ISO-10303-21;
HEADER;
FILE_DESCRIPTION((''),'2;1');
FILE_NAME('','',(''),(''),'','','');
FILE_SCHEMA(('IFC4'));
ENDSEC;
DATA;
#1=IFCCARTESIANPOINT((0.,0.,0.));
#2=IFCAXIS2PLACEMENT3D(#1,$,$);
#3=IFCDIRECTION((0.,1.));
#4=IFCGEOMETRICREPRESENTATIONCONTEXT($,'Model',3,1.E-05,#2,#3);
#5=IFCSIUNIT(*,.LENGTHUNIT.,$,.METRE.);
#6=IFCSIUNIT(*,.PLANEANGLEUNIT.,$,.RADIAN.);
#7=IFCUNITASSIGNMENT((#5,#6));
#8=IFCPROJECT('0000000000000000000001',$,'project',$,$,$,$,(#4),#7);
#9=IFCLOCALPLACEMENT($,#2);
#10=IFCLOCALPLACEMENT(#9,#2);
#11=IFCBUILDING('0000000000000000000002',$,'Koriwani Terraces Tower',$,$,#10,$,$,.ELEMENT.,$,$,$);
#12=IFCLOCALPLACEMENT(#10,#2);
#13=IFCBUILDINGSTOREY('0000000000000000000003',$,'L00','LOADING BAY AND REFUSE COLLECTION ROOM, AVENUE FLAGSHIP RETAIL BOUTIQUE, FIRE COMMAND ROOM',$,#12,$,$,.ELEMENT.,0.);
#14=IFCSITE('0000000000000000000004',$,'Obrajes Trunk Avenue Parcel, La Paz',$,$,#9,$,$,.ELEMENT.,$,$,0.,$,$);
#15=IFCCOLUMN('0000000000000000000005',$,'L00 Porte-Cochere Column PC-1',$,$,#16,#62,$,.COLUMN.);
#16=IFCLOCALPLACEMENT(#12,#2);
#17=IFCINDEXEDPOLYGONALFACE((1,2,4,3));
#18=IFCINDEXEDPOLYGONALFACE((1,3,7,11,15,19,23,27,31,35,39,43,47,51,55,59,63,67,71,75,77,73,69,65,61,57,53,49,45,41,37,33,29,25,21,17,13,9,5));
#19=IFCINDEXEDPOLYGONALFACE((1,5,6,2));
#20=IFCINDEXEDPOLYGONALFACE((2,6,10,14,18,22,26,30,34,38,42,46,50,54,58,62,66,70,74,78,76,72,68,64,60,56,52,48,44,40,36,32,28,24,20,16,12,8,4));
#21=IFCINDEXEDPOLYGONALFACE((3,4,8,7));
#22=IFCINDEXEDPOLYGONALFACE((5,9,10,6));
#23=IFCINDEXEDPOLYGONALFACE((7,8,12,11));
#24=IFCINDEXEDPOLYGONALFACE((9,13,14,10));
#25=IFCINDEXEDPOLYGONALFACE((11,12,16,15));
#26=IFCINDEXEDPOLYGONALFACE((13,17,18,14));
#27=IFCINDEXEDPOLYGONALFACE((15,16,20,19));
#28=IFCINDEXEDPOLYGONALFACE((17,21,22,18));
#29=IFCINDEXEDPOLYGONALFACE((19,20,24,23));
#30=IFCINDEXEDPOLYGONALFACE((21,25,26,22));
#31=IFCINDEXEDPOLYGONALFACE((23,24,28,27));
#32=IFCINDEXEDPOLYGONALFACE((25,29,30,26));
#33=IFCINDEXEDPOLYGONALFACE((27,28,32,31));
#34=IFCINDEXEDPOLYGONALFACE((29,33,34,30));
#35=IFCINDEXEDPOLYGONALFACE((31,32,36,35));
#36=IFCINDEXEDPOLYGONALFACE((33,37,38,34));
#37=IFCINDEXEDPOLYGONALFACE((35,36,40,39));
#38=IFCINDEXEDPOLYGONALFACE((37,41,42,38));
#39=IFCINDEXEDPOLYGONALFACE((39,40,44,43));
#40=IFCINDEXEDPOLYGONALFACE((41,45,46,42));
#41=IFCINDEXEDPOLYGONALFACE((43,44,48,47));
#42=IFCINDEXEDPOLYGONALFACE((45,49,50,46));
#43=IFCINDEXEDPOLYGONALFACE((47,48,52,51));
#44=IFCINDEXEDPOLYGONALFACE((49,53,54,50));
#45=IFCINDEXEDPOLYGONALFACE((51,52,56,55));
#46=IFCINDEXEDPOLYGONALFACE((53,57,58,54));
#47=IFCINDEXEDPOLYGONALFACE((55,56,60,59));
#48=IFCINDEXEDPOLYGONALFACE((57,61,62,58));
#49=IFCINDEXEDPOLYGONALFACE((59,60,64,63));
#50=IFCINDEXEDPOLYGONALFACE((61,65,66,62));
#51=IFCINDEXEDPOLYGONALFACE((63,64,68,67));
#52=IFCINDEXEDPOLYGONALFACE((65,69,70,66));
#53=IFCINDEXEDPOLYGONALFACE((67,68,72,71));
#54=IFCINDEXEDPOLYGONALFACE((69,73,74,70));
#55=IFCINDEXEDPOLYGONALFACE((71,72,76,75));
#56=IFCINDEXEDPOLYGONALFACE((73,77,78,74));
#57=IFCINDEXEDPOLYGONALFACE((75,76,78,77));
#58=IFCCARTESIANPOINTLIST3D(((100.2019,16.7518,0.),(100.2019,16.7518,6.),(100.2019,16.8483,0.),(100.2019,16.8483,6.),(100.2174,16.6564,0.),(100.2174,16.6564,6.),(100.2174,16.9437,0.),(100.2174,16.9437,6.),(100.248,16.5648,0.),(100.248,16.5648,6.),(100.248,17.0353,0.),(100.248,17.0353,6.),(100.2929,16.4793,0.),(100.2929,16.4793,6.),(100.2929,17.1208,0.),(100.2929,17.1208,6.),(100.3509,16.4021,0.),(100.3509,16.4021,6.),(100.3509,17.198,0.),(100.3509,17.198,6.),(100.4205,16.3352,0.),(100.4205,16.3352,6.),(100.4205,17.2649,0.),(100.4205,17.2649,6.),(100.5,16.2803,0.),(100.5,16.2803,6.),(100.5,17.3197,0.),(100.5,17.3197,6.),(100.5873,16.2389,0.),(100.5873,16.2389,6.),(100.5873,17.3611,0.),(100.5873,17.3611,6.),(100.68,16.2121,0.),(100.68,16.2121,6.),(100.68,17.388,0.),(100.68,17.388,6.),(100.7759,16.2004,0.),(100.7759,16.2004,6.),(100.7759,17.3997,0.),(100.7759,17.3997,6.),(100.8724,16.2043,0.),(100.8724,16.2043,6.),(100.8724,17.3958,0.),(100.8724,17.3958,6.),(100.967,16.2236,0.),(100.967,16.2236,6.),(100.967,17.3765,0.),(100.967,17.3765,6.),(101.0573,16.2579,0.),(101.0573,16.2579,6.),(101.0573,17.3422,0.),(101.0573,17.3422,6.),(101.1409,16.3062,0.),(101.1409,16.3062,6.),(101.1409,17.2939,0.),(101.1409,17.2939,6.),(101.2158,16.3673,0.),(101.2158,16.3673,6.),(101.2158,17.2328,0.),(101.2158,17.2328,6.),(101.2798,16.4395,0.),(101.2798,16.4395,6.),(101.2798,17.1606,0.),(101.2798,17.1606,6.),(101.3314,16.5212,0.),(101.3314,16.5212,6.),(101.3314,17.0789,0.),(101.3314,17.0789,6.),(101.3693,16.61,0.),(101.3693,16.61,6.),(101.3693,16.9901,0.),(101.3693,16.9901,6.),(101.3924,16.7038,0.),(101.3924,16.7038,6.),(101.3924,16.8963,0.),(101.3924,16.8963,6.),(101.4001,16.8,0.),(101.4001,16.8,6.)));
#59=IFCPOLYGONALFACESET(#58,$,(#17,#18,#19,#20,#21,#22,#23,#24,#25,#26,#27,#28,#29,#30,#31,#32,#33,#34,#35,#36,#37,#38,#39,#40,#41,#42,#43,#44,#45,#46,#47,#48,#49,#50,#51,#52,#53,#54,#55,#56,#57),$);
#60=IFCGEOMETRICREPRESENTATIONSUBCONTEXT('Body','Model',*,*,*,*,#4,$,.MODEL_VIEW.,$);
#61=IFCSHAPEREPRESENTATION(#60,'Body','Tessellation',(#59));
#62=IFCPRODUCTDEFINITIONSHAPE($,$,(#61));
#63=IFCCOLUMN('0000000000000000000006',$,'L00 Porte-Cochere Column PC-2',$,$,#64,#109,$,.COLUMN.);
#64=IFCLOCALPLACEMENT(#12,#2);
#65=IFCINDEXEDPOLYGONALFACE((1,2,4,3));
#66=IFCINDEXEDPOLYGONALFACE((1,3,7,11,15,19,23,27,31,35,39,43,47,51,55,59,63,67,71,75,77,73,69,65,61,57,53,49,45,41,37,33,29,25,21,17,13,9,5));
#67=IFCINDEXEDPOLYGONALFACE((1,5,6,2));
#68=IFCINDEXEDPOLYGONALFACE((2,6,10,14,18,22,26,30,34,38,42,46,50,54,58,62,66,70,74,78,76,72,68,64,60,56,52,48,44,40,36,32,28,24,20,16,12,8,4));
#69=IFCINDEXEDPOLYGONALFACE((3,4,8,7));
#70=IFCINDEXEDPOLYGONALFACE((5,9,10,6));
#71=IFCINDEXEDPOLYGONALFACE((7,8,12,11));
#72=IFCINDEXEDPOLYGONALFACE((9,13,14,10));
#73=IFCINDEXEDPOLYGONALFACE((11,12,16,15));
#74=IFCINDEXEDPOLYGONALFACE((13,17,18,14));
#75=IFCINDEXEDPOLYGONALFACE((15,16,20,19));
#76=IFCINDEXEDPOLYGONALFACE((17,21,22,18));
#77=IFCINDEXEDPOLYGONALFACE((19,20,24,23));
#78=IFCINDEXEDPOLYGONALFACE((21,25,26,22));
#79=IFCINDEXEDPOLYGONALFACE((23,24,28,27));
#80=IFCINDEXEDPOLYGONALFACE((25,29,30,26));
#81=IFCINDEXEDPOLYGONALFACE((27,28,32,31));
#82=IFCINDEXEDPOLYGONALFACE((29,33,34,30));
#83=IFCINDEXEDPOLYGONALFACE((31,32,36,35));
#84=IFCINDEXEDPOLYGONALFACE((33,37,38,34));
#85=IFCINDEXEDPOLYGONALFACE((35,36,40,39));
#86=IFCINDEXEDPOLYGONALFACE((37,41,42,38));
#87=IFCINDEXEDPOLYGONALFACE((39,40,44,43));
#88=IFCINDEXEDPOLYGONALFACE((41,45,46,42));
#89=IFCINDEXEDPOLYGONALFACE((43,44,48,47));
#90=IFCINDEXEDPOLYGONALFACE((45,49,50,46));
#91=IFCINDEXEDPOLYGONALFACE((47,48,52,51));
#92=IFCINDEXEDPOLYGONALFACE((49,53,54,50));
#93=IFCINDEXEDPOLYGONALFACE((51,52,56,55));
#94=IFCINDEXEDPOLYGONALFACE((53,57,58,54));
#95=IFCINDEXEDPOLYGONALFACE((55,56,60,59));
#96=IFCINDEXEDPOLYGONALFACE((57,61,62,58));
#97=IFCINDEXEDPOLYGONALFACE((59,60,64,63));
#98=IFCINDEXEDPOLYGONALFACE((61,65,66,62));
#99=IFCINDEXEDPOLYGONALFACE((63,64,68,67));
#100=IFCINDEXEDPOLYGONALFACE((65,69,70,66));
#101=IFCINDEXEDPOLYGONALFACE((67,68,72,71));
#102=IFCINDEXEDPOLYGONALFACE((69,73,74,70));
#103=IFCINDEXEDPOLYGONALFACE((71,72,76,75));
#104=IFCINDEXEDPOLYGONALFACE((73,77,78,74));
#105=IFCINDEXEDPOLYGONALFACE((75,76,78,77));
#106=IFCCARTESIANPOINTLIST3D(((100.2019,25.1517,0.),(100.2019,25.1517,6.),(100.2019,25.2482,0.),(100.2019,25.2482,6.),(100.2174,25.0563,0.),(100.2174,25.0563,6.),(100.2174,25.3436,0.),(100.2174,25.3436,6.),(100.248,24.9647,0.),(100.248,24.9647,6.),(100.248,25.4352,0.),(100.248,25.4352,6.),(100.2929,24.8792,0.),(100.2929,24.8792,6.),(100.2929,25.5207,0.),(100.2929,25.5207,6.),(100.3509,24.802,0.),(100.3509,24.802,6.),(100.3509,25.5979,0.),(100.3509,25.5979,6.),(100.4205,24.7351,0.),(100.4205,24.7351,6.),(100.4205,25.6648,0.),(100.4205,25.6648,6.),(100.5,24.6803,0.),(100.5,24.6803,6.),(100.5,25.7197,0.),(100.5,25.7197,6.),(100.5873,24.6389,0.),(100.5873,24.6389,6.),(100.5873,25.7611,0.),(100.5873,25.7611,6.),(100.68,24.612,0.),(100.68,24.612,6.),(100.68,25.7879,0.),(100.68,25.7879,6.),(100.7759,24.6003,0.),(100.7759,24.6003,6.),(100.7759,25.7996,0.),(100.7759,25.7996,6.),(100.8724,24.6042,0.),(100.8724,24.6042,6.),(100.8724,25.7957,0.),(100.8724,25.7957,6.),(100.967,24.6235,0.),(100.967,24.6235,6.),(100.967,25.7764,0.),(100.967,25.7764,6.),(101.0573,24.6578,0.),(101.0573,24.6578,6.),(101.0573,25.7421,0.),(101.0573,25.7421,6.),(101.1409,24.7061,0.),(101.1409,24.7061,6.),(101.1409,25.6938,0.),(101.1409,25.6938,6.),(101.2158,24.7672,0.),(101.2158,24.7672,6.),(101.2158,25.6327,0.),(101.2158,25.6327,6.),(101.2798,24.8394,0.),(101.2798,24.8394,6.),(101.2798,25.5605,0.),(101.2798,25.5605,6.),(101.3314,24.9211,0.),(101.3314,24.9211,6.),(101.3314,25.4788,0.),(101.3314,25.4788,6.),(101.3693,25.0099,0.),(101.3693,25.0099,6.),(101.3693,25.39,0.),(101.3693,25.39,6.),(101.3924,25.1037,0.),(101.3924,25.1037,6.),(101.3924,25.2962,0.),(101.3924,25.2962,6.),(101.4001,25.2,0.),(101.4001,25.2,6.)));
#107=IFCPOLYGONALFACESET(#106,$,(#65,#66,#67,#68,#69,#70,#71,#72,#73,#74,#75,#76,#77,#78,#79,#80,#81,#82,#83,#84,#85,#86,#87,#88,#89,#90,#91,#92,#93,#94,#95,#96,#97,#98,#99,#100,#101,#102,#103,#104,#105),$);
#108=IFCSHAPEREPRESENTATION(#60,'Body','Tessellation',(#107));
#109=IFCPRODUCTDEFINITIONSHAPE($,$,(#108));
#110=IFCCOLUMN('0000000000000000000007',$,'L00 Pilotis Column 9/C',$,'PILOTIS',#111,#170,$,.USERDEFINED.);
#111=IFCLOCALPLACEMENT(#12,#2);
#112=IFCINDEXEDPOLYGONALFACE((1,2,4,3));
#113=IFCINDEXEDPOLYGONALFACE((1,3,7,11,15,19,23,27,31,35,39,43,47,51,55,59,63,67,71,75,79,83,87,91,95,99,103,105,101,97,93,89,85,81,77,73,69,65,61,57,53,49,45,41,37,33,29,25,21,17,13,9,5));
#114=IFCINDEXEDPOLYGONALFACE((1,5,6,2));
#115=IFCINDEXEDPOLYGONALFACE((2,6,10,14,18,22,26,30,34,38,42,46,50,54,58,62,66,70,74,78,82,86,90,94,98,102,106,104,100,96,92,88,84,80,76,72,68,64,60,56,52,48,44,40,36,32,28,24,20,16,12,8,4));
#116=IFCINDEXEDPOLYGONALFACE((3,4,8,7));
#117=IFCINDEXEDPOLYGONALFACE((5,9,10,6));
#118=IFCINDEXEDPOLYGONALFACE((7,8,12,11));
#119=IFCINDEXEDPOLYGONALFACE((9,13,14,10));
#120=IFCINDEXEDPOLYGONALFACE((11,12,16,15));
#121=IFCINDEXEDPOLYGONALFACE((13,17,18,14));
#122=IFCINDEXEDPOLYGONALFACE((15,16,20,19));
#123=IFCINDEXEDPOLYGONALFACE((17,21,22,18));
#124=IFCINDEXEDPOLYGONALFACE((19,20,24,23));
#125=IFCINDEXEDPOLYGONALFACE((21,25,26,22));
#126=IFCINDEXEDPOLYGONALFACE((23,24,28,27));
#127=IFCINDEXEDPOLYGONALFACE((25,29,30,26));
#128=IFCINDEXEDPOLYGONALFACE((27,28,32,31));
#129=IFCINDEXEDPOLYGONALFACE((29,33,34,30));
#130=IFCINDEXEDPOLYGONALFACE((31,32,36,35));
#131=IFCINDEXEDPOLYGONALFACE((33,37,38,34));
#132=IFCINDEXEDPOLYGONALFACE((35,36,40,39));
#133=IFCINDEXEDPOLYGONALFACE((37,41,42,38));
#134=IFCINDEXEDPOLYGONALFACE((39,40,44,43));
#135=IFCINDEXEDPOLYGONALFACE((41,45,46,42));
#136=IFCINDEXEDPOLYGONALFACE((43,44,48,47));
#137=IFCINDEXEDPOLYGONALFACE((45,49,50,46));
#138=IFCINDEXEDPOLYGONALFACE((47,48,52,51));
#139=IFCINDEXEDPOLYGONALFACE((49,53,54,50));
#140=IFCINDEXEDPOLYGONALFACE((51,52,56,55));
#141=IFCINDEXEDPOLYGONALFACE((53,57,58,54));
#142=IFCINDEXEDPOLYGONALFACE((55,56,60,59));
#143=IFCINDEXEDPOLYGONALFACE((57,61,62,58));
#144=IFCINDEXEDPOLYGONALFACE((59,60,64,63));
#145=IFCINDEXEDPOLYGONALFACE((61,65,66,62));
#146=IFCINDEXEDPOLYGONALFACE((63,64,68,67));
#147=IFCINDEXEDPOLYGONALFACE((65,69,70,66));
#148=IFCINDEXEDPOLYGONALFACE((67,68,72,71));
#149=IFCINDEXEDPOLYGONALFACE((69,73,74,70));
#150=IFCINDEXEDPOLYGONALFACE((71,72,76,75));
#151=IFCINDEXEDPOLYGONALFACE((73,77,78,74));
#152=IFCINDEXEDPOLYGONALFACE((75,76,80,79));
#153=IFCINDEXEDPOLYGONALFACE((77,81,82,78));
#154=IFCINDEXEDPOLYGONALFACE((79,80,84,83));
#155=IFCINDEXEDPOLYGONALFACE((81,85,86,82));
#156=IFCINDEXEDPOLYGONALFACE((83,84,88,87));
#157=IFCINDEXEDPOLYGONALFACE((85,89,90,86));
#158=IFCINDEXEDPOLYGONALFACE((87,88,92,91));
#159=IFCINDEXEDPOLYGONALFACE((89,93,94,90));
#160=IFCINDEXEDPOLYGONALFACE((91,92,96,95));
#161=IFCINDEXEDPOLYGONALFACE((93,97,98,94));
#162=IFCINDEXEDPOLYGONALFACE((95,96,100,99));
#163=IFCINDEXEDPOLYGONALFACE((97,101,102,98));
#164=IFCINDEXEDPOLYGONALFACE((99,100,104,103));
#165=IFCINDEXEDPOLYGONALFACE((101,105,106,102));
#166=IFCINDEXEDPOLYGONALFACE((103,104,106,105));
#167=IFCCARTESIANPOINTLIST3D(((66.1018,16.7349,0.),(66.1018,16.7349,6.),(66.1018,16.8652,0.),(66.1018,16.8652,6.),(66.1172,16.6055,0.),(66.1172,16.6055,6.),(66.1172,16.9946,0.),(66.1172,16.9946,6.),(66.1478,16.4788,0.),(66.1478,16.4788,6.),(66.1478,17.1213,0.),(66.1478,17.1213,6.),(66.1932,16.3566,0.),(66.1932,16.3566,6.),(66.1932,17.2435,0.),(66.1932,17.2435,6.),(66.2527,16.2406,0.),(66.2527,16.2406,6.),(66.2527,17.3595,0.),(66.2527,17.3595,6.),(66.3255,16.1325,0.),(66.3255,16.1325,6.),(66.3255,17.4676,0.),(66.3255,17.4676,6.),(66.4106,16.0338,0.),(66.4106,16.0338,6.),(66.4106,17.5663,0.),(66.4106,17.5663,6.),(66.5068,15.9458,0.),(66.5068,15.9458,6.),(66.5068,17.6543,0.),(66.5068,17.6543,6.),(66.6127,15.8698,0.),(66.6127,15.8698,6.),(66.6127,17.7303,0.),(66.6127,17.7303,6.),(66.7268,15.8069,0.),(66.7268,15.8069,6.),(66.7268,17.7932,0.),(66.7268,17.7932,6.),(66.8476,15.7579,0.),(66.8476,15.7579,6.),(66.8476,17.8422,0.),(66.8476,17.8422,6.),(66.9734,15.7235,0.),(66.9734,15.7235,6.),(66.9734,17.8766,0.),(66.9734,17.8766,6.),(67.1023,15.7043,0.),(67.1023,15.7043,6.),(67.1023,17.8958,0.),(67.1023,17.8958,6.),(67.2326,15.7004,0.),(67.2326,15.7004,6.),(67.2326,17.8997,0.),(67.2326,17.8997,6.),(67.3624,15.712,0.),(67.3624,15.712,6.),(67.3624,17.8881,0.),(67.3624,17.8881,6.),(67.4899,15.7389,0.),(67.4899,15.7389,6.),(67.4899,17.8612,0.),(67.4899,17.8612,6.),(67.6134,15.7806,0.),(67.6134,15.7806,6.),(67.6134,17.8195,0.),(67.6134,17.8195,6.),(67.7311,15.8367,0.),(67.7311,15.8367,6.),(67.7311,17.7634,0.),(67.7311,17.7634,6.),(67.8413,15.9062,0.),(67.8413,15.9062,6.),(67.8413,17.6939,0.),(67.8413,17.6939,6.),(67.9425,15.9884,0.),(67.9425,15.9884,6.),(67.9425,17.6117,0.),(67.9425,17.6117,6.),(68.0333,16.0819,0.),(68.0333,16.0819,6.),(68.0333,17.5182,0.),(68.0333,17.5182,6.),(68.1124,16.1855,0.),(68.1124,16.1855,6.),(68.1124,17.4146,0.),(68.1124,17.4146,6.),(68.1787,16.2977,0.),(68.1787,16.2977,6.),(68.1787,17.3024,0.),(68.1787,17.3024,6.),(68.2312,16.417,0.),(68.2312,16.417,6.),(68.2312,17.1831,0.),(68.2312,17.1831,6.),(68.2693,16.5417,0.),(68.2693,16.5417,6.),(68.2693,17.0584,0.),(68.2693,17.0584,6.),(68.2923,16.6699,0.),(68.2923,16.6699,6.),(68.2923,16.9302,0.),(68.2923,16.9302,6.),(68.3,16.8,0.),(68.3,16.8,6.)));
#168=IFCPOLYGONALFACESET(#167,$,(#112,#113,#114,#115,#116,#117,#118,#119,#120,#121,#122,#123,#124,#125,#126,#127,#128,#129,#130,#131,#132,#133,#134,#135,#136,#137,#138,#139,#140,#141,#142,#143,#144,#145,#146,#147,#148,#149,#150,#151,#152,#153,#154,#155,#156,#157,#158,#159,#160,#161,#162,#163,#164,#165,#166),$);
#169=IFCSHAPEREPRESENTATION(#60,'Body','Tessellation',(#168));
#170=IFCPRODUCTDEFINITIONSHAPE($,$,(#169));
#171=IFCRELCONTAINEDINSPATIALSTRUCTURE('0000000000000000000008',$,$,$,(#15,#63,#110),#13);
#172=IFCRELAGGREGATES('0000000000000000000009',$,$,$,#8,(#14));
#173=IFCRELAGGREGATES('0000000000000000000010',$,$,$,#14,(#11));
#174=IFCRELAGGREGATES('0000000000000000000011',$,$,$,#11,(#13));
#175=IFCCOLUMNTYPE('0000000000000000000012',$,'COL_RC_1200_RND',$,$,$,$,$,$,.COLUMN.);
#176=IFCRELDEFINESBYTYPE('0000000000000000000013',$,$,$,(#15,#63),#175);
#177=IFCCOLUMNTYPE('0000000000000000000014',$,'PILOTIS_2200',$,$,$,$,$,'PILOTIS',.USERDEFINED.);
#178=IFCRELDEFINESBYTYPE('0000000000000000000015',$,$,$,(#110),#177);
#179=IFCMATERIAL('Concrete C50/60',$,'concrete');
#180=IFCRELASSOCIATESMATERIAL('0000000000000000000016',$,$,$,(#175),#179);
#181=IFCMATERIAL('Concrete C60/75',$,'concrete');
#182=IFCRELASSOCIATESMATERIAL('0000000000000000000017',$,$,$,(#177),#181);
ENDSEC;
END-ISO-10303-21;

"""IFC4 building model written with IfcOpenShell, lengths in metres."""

from ifc_helpers import new_model, si_unit, direction, frame, origin, origin_2d, place, context, subcontext, project, spatial, circle, extrude, material, material_profile, profile_set, type_object, element, save


model = new_model("IFC4")

# Units and contexts
model_context = context("Model", 3, precision=1e-05, world=origin(), true_north=direction((0.0, 1.0)))
body_context = subcontext(model_context, "Body", "Model", "MODEL_VIEW")
ifc_project = project(units=[si_unit("LENGTHUNIT", "METRE"), si_unit("PLANEANGLEUNIT", "RADIAN")], contexts=[model_context])

# Site, building, storey
site_placement = place(None, origin())
site = spatial("IfcSite", under=ifc_project, at=site_placement, Name="Obrajes Trunk Avenue Parcel, La Paz", CompositionType="ELEMENT", RefElevation=0.0)
building_placement = place(site_placement, origin())
building = spatial("IfcBuilding", under=site, at=building_placement, Name="Koriwani Terraces Tower", CompositionType="ELEMENT")
storey_placement = place(building_placement, origin())
storey = spatial("IfcBuildingStorey", under=building, at=storey_placement, Name="L00", Description="LOADING BAY AND REFUSE COLLECTION ROOM, AVENUE FLAGSHIP RETAIL BOUTIQUE, FIRE COMMAND ROOM", CompositionType="ELEMENT", Elevation=0.0)

# Columns
ifc_material_1 = material(Name="Concrete C50/60", Category="concrete")
ifc_material_profile_1 = material_profile(ifc_material_1, circle(Radius=0.6001, at=origin_2d()), Name="Concrete C50/60", Category="LoadBearing")
ifc_profile_set_1 = profile_set([ifc_material_profile_1], Name="Concrete C50/60")
column_type_1 = type_object("IfcColumnType", Name="COL_RC_1200_RND", PredefinedType="COLUMN", material=ifc_profile_set_1)
for number, where, z_axis, x_axis, name in (
    (1, (100.8, 16.8, 0.0), (0.0, 0.0, 1.0), (1.0, 0.0, 0.0), "L00 Porte-Cochere Column PC-1"),
    (2, (100.8, 25.2, 0.0), (0.0, 0.0, 1.0), (1.0, 0.0, 0.0), "L00 Porte-Cochere Column PC-2"),
):
    element("IfcColumn", number, at=place(storey_placement, frame(where, z_axis=z_axis, x_axis=x_axis)), inside=storey, type_object=column_type_1, Name=name, PredefinedType="COLUMN", context=body_context, shape_type="SweptSolid", body=[
        extrude(circle(Radius=0.6001, at=origin_2d()), origin(), (0.0, 0.0, 1.0), 6.0),
    ])
ifc_material_2 = material(Name="Concrete C60/75", Category="concrete")
ifc_material_profile_2 = material_profile(ifc_material_2, circle(Radius=1.1001, at=origin_2d()), Name="Concrete C60/75", Category="LoadBearing")
ifc_profile_set_2 = profile_set([ifc_material_profile_2], Name="Concrete C60/75")
column_type_2 = type_object("IfcColumnType", Name="PILOTIS_2200", ElementType="PILOTIS", PredefinedType="USERDEFINED", material=ifc_profile_set_2)
for number, where, z_axis, x_axis, name in (
    (3, (67.2, 16.8, 0.0), (0.0, 0.0, 1.0), (1.0, 0.0, 0.0), "L00 Pilotis Column 9/C"),
):
    element("IfcColumn", number, at=place(storey_placement, frame(where, z_axis=z_axis, x_axis=x_axis)), inside=storey, type_object=column_type_2, Name=name, ObjectType="PILOTIS", PredefinedType="USERDEFINED", context=body_context, shape_type="SweptSolid", body=[
        extrude(circle(Radius=1.1001, at=origin_2d()), origin(), (0.0, 0.0, 1.0), 6.0),
    ])

save(model, "model.ifc")
